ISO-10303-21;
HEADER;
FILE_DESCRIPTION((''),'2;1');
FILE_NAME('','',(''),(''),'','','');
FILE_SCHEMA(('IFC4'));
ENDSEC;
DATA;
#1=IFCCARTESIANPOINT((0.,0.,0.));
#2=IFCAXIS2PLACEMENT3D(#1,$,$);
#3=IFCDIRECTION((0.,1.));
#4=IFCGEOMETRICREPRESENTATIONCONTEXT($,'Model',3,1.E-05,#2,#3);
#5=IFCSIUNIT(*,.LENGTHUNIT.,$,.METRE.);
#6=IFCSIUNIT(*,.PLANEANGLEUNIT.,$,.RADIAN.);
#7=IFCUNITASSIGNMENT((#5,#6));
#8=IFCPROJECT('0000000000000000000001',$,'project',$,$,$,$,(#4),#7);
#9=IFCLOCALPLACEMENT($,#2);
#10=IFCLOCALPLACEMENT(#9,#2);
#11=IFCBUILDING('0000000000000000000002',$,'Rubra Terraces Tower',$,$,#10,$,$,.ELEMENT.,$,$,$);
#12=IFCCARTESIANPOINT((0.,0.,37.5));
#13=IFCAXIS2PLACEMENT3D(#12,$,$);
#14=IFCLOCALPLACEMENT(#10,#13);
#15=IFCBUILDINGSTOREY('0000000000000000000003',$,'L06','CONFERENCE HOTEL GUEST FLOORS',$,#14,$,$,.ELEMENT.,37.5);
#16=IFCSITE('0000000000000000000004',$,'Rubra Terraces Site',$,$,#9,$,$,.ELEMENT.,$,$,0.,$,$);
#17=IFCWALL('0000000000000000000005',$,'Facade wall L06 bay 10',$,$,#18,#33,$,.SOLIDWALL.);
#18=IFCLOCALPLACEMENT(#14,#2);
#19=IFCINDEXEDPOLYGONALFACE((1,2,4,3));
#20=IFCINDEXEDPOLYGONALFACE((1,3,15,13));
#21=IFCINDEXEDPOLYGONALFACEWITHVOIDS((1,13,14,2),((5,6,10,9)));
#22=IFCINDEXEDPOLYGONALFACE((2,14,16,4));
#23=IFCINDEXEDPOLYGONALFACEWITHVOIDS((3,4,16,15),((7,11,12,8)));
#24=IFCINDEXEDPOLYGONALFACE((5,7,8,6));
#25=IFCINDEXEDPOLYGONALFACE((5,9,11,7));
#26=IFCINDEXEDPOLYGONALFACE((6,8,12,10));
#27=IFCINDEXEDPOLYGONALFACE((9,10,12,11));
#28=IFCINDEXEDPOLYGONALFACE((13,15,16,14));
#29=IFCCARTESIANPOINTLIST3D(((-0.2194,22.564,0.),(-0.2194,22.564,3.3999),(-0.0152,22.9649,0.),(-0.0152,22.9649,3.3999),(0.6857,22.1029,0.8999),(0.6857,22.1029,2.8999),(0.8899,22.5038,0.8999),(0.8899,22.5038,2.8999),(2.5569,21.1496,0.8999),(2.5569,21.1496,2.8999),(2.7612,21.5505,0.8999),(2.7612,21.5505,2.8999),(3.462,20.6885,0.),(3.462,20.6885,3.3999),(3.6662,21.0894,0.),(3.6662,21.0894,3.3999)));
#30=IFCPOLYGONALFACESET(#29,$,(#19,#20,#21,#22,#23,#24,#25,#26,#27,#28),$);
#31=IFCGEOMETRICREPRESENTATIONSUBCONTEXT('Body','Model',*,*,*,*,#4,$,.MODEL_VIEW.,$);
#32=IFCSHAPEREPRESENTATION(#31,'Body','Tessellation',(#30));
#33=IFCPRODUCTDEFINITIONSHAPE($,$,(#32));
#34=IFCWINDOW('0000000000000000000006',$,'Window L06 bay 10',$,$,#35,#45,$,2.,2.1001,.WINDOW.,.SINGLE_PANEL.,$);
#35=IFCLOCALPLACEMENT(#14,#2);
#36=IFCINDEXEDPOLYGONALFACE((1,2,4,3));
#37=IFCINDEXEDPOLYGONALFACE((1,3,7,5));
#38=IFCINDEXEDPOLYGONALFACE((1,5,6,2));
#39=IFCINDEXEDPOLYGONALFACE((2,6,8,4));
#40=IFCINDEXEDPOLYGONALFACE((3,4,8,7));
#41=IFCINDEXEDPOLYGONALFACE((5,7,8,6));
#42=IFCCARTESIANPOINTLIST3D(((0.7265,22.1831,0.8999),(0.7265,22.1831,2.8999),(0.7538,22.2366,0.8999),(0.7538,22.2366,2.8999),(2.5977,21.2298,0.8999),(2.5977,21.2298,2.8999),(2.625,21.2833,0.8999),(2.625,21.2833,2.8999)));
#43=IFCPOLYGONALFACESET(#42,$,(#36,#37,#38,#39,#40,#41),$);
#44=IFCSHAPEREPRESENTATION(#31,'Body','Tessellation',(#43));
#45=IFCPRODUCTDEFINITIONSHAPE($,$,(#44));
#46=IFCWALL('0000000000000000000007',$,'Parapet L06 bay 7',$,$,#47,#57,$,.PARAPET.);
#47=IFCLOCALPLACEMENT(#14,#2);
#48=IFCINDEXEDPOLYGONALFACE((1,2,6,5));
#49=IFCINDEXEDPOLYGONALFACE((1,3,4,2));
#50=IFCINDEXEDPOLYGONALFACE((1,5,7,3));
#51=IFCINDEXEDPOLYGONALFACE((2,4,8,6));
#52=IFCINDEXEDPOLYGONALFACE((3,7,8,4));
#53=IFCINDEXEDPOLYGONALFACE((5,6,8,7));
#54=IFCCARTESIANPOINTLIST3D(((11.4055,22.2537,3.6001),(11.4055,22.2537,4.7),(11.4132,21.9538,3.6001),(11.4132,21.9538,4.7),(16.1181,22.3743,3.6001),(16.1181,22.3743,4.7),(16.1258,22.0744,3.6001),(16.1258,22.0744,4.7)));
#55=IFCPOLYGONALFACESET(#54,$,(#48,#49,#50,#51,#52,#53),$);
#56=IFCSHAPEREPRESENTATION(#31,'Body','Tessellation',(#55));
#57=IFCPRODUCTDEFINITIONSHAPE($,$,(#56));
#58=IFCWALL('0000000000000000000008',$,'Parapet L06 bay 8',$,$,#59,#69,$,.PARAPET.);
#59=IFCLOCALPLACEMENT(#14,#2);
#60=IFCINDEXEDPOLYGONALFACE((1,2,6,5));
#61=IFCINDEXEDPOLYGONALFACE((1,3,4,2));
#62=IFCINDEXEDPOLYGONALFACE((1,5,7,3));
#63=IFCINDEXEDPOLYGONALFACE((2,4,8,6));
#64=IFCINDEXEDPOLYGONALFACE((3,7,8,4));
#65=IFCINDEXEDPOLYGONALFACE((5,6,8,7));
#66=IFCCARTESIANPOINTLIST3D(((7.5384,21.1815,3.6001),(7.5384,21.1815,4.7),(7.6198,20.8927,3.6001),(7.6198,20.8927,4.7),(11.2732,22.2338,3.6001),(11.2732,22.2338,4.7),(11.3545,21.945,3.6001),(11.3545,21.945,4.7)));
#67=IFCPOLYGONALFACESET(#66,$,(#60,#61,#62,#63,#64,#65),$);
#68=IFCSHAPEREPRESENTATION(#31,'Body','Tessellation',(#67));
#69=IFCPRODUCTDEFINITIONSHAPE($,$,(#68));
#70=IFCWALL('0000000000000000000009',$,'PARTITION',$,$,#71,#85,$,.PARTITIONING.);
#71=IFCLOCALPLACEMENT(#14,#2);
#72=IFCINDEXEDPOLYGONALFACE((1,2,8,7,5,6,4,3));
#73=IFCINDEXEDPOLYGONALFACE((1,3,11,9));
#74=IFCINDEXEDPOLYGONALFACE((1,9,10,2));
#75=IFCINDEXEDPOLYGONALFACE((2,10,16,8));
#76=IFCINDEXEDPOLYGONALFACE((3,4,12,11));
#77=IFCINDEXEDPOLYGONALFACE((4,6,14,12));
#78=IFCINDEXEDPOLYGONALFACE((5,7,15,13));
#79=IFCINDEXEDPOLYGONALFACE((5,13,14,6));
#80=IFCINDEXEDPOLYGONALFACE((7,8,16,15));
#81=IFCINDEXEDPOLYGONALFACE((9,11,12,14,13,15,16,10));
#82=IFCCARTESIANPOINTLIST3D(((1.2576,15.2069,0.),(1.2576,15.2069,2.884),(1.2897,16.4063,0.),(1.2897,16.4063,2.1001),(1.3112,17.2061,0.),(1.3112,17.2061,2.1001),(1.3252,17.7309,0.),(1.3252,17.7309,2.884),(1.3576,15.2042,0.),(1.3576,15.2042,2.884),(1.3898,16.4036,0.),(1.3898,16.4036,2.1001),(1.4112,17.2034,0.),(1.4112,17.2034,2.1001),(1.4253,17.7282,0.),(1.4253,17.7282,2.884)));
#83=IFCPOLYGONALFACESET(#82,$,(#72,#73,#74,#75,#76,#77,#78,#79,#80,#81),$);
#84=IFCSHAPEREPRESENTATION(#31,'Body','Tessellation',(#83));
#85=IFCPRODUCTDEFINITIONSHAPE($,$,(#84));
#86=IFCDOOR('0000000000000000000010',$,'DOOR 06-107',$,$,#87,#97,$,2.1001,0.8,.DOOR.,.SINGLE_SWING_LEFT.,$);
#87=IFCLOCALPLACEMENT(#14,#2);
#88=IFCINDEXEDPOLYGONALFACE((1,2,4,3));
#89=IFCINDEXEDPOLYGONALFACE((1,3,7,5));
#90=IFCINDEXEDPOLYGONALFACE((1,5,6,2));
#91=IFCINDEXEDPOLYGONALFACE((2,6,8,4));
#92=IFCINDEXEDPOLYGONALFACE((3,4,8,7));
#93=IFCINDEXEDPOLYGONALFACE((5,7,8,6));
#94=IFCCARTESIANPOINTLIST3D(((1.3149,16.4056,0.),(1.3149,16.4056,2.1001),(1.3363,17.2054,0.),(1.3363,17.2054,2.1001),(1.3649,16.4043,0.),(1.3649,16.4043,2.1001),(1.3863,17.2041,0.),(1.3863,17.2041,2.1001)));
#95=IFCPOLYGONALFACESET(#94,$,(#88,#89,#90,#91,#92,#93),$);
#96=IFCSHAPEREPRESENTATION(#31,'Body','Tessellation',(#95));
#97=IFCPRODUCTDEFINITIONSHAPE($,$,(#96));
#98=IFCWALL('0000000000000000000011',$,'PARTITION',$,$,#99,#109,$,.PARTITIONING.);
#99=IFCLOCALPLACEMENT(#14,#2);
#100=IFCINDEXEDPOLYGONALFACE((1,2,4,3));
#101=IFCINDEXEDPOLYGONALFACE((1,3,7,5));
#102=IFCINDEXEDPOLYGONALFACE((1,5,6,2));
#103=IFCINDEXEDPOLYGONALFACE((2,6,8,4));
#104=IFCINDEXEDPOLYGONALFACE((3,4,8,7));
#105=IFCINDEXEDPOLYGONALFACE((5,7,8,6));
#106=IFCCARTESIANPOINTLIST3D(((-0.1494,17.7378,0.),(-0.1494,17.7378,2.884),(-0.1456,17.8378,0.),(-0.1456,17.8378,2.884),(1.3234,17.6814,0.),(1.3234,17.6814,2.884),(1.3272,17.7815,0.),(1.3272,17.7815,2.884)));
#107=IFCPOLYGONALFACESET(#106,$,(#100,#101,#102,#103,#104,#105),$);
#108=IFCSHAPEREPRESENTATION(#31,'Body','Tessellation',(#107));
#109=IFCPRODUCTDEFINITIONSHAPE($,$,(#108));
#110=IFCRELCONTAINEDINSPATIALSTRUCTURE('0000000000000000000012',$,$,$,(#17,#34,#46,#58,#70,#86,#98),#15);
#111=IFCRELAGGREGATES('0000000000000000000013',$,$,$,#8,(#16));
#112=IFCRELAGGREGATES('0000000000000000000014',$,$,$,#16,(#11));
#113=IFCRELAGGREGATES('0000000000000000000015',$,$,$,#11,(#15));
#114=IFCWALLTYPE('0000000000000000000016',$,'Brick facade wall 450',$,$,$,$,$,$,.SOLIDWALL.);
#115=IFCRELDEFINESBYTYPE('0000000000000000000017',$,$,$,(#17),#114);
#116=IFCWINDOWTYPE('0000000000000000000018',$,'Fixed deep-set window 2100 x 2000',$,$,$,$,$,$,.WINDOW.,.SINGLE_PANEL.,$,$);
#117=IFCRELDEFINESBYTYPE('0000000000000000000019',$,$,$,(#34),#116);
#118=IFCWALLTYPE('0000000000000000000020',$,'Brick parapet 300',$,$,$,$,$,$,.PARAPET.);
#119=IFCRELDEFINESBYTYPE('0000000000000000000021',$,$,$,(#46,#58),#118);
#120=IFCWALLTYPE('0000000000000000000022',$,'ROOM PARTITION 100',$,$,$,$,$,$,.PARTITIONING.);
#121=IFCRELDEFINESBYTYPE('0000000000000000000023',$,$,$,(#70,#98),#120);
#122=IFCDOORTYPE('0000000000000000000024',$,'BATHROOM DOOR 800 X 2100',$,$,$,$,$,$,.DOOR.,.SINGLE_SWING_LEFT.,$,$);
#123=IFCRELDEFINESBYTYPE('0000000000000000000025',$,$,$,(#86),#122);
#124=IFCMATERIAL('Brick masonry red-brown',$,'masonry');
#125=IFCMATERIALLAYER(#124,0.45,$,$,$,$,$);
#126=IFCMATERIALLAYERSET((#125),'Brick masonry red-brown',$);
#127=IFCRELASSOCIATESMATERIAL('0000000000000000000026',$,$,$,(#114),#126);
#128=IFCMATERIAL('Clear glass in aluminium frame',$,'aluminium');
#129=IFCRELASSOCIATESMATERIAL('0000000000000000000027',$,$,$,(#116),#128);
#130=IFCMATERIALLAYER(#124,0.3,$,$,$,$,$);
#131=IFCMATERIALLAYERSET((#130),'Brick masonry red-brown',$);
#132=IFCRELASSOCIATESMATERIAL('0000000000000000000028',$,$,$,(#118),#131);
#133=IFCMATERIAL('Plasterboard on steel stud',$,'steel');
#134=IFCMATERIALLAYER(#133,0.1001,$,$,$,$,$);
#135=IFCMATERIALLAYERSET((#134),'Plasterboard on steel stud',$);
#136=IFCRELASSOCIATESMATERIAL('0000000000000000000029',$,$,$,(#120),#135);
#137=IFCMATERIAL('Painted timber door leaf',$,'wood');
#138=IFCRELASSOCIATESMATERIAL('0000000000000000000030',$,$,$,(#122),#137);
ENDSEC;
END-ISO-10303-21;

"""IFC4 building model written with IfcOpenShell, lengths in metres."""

from ifc_helpers import new_model, si_unit, direction, frame, frame_2d, origin, place, context, subcontext, project, spatial, rectangle, extrude, material, layer, layer_set, type_object, element, fill, save


model = new_model("IFC4")

# Units and contexts
model_context = context("Model", 3, precision=1e-05, world=origin(), true_north=direction((0.0, 1.0)))
body_context = subcontext(model_context, "Body", "Model", "MODEL_VIEW")
ifc_project = project(units=[si_unit("LENGTHUNIT", "METRE"), si_unit("PLANEANGLEUNIT", "RADIAN")], contexts=[model_context])

# Site, building, storey
site_placement = place(None, origin())
site = spatial("IfcSite", under=ifc_project, at=site_placement, Name="Rubra Terraces Site", CompositionType="ELEMENT", RefElevation=0.0)
building_placement = place(site_placement, origin())
building = spatial("IfcBuilding", under=site, at=building_placement, Name="Rubra Terraces Tower", CompositionType="ELEMENT")
storey_placement = place(building_placement, frame((0.0, 0.0, 37.5)))
storey = spatial("IfcBuildingStorey", under=building, at=storey_placement, Name="L06", Description="CONFERENCE HOTEL GUEST FLOORS", CompositionType="ELEMENT", Elevation=37.5)

# Wall, opening, window
ifc_material_1 = material(Name="Brick masonry red-brown", Category="masonry")
ifc_layer_1 = layer(ifc_material_1, 0.45)
ifc_layer_set_1 = layer_set([ifc_layer_1], Name="Brick masonry red-brown")
wall_type_1 = type_object("IfcWallType", Name="Brick facade wall 450", PredefinedType="SOLIDWALL", material=ifc_layer_set_1)
ifc_material_2 = material(Name="Clear glass in aluminium frame", Category="aluminium")
window_type_1 = type_object("IfcWindowType", Name="Fixed deep-set window 2100 x 2000", PartitioningType="SINGLE_PANEL", PredefinedType="WINDOW", material=ifc_material_2)
wall_1_placement = place(storey_placement, frame((3.5642, 20.8889, 0.0), z_axis=(0.0, 0.0, 1.0), x_axis=(-0.891034, 0.453937, 0.0)))
wall_1 = element("IfcWall", 1, at=wall_1_placement, inside=storey, type_object=wall_type_1, Name="Facade wall L06 bay 10", PredefinedType="SOLIDWALL", context=body_context, shape_type="SweptSolid", body=[
    extrude(rectangle(XDim=4.1316, YDim=0.45, at=frame_2d((2.0659, 0.0))), origin(), (0.0, 0.0, 1.0), 3.3999),
])
opening_1_placement = place(wall_1_placement, frame((1.0159, 0.0, 0.8999)))
opening_1 = element("IfcOpeningElement", 2, at=opening_1_placement, cuts=wall_1, PredefinedType="OPENING", context=body_context, shape_type="SweptSolid", body=[
    extrude(rectangle(XDim=2.1001, YDim=2.0, at=frame_2d((1.05, 1.0))), frame((0.0, 0.2349, 0.0), z_axis=(0.0, -1.0, 0.0), x_axis=(1.0, 0.0, 0.0)), (0.0, 0.0, 1.0), 0.47),
])
window_1_placement = place(opening_1_placement, origin())
window_1 = element("IfcWindow", 3, at=window_1_placement, inside=storey, type_object=window_type_1, Name="Window L06 bay 10", OverallHeight=2.0, OverallWidth=2.1001, PartitioningType="SINGLE_PANEL", PredefinedType="WINDOW", context=body_context, shape_type="SweptSolid", body=[
    extrude(rectangle(XDim=2.1001, YDim=2.0, at=frame_2d((1.05, 1.0))), frame((0.0, 0.135, 0.0), z_axis=(0.0, -1.0, 0.0), x_axis=(1.0, 0.0, 0.0)), (0.0, 0.0, 1.0), 0.0601),
])
fill(opening_1, window_1)

# Walls
ifc_layer_2 = layer(ifc_material_1, 0.3)
ifc_layer_set_2 = layer_set([ifc_layer_2], Name="Brick masonry red-brown")
wall_type_2 = type_object("IfcWallType", Name="Brick parapet 300", PredefinedType="PARAPET", material=ifc_layer_set_2)
wall_2_placement = place(storey_placement, frame((16.1218, 22.2244, 3.6001), z_axis=(0.0, 0.0, 1.0), x_axis=(-0.999673, -0.025584, 0.0)))
element("IfcWall", 4, at=wall_2_placement, inside=storey, type_object=wall_type_2, Name="Parapet L06 bay 7", PredefinedType="PARAPET", context=body_context, shape_type="SweptSolid", body=[
    extrude(rectangle(XDim=4.7141, YDim=0.3, at=frame_2d((2.3569, 0.0))), origin(), (0.0, 0.0, 1.0), 1.0999),
])
wall_3_placement = place(storey_placement, frame((11.3137, 22.0894, 3.6001), z_axis=(0.0, 0.0, 1.0), x_axis=(-0.962524, -0.271196, 0.0)))
element("IfcWall", 5, at=wall_3_placement, inside=storey, type_object=wall_type_2, Name="Parapet L06 bay 8", PredefinedType="PARAPET", context=body_context, shape_type="SweptSolid", body=[
    extrude(rectangle(XDim=3.8801, YDim=0.3, at=frame_2d((1.9399, 0.0))), origin(), (0.0, 0.0, 1.0), 1.0999),
])

# Wall, opening, door
ifc_material_3 = material(Name="Plasterboard on steel stud", Category="steel")
ifc_layer_3 = layer(ifc_material_3, 0.1001)
ifc_layer_set_3 = layer_set([ifc_layer_3], Name="Plasterboard on steel stud")
wall_type_3 = type_object("IfcWallType", Name="ROOM PARTITION 100", PredefinedType="PARTITIONING", material=ifc_layer_set_3)
wall_4_placement = place(storey_placement, frame((1.3076, 15.2056, 0.0), z_axis=(0.0, 0.0, 1.0), x_axis=(0.026785, 0.999641, 0.0)))
wall_4 = element("IfcWall", 6, at=wall_4_placement, inside=storey, type_object=wall_type_3, Name="PARTITION", PredefinedType="PARTITIONING", context=body_context, shape_type="SweptSolid", body=[
    extrude(rectangle(XDim=2.5249, YDim=0.1001, at=frame_2d((1.2625, 0.0))), origin(), (0.0, 0.0, 1.0), 2.884),
])
opening_2_placement = place(wall_4_placement, frame((1.2, 0.0, 0.0)))
opening_2 = element("IfcOpeningElement", 7, at=opening_2_placement, cuts=wall_4, PredefinedType="OPENING", context=body_context, shape_type="SweptSolid", body=[
    extrude(rectangle(XDim=0.8, YDim=2.1001, at=frame_2d((0.3999, 1.05))), frame((0.0, 0.0601, 0.0), z_axis=(0.0, -1.0, 0.0), x_axis=(1.0, 0.0, 0.0)), (0.0, 0.0, 1.0), 0.1201),
])
ifc_material_4 = material(Name="Painted timber door leaf", Category="wood")
door_type = type_object("IfcDoorType", Name="BATHROOM DOOR 800 X 2100", OperationType="SINGLE_SWING_LEFT", PredefinedType="DOOR", material=ifc_material_4)
door_placement = place(opening_2_placement, origin())
door = element("IfcDoor", 8, at=door_placement, inside=storey, type_object=door_type, Name="DOOR 06-107", OperationType="SINGLE_SWING_LEFT", OverallHeight=2.1001, OverallWidth=0.8, PredefinedType="DOOR", context=body_context, shape_type="SweptSolid", body=[
    extrude(rectangle(XDim=0.8, YDim=2.1001, at=frame_2d((0.3999, 1.05))), frame((0.0, 0.0249, 0.0), z_axis=(0.0, -1.0, 0.0), x_axis=(1.0, 0.0, 0.0)), (0.0, 0.0, 1.0), 0.05),
])
fill(opening_2, door)

# Wall
wall_5_placement = place(storey_placement, frame((1.3252, 17.7314, 0.0), z_axis=(0.0, 0.0, 1.0), x_axis=(-0.999268, 0.038261, 0.0)))
element("IfcWall", 9, at=wall_5_placement, inside=storey, type_object=wall_type_3, Name="PARTITION", PredefinedType="PARTITIONING", context=body_context, shape_type="SweptSolid", body=[
    extrude(rectangle(XDim=1.4739, YDim=0.1001, at=frame_2d((0.7368, 0.0))), origin(), (0.0, 0.0, 1.0), 2.884),
])

save(model, "model.ifc")
